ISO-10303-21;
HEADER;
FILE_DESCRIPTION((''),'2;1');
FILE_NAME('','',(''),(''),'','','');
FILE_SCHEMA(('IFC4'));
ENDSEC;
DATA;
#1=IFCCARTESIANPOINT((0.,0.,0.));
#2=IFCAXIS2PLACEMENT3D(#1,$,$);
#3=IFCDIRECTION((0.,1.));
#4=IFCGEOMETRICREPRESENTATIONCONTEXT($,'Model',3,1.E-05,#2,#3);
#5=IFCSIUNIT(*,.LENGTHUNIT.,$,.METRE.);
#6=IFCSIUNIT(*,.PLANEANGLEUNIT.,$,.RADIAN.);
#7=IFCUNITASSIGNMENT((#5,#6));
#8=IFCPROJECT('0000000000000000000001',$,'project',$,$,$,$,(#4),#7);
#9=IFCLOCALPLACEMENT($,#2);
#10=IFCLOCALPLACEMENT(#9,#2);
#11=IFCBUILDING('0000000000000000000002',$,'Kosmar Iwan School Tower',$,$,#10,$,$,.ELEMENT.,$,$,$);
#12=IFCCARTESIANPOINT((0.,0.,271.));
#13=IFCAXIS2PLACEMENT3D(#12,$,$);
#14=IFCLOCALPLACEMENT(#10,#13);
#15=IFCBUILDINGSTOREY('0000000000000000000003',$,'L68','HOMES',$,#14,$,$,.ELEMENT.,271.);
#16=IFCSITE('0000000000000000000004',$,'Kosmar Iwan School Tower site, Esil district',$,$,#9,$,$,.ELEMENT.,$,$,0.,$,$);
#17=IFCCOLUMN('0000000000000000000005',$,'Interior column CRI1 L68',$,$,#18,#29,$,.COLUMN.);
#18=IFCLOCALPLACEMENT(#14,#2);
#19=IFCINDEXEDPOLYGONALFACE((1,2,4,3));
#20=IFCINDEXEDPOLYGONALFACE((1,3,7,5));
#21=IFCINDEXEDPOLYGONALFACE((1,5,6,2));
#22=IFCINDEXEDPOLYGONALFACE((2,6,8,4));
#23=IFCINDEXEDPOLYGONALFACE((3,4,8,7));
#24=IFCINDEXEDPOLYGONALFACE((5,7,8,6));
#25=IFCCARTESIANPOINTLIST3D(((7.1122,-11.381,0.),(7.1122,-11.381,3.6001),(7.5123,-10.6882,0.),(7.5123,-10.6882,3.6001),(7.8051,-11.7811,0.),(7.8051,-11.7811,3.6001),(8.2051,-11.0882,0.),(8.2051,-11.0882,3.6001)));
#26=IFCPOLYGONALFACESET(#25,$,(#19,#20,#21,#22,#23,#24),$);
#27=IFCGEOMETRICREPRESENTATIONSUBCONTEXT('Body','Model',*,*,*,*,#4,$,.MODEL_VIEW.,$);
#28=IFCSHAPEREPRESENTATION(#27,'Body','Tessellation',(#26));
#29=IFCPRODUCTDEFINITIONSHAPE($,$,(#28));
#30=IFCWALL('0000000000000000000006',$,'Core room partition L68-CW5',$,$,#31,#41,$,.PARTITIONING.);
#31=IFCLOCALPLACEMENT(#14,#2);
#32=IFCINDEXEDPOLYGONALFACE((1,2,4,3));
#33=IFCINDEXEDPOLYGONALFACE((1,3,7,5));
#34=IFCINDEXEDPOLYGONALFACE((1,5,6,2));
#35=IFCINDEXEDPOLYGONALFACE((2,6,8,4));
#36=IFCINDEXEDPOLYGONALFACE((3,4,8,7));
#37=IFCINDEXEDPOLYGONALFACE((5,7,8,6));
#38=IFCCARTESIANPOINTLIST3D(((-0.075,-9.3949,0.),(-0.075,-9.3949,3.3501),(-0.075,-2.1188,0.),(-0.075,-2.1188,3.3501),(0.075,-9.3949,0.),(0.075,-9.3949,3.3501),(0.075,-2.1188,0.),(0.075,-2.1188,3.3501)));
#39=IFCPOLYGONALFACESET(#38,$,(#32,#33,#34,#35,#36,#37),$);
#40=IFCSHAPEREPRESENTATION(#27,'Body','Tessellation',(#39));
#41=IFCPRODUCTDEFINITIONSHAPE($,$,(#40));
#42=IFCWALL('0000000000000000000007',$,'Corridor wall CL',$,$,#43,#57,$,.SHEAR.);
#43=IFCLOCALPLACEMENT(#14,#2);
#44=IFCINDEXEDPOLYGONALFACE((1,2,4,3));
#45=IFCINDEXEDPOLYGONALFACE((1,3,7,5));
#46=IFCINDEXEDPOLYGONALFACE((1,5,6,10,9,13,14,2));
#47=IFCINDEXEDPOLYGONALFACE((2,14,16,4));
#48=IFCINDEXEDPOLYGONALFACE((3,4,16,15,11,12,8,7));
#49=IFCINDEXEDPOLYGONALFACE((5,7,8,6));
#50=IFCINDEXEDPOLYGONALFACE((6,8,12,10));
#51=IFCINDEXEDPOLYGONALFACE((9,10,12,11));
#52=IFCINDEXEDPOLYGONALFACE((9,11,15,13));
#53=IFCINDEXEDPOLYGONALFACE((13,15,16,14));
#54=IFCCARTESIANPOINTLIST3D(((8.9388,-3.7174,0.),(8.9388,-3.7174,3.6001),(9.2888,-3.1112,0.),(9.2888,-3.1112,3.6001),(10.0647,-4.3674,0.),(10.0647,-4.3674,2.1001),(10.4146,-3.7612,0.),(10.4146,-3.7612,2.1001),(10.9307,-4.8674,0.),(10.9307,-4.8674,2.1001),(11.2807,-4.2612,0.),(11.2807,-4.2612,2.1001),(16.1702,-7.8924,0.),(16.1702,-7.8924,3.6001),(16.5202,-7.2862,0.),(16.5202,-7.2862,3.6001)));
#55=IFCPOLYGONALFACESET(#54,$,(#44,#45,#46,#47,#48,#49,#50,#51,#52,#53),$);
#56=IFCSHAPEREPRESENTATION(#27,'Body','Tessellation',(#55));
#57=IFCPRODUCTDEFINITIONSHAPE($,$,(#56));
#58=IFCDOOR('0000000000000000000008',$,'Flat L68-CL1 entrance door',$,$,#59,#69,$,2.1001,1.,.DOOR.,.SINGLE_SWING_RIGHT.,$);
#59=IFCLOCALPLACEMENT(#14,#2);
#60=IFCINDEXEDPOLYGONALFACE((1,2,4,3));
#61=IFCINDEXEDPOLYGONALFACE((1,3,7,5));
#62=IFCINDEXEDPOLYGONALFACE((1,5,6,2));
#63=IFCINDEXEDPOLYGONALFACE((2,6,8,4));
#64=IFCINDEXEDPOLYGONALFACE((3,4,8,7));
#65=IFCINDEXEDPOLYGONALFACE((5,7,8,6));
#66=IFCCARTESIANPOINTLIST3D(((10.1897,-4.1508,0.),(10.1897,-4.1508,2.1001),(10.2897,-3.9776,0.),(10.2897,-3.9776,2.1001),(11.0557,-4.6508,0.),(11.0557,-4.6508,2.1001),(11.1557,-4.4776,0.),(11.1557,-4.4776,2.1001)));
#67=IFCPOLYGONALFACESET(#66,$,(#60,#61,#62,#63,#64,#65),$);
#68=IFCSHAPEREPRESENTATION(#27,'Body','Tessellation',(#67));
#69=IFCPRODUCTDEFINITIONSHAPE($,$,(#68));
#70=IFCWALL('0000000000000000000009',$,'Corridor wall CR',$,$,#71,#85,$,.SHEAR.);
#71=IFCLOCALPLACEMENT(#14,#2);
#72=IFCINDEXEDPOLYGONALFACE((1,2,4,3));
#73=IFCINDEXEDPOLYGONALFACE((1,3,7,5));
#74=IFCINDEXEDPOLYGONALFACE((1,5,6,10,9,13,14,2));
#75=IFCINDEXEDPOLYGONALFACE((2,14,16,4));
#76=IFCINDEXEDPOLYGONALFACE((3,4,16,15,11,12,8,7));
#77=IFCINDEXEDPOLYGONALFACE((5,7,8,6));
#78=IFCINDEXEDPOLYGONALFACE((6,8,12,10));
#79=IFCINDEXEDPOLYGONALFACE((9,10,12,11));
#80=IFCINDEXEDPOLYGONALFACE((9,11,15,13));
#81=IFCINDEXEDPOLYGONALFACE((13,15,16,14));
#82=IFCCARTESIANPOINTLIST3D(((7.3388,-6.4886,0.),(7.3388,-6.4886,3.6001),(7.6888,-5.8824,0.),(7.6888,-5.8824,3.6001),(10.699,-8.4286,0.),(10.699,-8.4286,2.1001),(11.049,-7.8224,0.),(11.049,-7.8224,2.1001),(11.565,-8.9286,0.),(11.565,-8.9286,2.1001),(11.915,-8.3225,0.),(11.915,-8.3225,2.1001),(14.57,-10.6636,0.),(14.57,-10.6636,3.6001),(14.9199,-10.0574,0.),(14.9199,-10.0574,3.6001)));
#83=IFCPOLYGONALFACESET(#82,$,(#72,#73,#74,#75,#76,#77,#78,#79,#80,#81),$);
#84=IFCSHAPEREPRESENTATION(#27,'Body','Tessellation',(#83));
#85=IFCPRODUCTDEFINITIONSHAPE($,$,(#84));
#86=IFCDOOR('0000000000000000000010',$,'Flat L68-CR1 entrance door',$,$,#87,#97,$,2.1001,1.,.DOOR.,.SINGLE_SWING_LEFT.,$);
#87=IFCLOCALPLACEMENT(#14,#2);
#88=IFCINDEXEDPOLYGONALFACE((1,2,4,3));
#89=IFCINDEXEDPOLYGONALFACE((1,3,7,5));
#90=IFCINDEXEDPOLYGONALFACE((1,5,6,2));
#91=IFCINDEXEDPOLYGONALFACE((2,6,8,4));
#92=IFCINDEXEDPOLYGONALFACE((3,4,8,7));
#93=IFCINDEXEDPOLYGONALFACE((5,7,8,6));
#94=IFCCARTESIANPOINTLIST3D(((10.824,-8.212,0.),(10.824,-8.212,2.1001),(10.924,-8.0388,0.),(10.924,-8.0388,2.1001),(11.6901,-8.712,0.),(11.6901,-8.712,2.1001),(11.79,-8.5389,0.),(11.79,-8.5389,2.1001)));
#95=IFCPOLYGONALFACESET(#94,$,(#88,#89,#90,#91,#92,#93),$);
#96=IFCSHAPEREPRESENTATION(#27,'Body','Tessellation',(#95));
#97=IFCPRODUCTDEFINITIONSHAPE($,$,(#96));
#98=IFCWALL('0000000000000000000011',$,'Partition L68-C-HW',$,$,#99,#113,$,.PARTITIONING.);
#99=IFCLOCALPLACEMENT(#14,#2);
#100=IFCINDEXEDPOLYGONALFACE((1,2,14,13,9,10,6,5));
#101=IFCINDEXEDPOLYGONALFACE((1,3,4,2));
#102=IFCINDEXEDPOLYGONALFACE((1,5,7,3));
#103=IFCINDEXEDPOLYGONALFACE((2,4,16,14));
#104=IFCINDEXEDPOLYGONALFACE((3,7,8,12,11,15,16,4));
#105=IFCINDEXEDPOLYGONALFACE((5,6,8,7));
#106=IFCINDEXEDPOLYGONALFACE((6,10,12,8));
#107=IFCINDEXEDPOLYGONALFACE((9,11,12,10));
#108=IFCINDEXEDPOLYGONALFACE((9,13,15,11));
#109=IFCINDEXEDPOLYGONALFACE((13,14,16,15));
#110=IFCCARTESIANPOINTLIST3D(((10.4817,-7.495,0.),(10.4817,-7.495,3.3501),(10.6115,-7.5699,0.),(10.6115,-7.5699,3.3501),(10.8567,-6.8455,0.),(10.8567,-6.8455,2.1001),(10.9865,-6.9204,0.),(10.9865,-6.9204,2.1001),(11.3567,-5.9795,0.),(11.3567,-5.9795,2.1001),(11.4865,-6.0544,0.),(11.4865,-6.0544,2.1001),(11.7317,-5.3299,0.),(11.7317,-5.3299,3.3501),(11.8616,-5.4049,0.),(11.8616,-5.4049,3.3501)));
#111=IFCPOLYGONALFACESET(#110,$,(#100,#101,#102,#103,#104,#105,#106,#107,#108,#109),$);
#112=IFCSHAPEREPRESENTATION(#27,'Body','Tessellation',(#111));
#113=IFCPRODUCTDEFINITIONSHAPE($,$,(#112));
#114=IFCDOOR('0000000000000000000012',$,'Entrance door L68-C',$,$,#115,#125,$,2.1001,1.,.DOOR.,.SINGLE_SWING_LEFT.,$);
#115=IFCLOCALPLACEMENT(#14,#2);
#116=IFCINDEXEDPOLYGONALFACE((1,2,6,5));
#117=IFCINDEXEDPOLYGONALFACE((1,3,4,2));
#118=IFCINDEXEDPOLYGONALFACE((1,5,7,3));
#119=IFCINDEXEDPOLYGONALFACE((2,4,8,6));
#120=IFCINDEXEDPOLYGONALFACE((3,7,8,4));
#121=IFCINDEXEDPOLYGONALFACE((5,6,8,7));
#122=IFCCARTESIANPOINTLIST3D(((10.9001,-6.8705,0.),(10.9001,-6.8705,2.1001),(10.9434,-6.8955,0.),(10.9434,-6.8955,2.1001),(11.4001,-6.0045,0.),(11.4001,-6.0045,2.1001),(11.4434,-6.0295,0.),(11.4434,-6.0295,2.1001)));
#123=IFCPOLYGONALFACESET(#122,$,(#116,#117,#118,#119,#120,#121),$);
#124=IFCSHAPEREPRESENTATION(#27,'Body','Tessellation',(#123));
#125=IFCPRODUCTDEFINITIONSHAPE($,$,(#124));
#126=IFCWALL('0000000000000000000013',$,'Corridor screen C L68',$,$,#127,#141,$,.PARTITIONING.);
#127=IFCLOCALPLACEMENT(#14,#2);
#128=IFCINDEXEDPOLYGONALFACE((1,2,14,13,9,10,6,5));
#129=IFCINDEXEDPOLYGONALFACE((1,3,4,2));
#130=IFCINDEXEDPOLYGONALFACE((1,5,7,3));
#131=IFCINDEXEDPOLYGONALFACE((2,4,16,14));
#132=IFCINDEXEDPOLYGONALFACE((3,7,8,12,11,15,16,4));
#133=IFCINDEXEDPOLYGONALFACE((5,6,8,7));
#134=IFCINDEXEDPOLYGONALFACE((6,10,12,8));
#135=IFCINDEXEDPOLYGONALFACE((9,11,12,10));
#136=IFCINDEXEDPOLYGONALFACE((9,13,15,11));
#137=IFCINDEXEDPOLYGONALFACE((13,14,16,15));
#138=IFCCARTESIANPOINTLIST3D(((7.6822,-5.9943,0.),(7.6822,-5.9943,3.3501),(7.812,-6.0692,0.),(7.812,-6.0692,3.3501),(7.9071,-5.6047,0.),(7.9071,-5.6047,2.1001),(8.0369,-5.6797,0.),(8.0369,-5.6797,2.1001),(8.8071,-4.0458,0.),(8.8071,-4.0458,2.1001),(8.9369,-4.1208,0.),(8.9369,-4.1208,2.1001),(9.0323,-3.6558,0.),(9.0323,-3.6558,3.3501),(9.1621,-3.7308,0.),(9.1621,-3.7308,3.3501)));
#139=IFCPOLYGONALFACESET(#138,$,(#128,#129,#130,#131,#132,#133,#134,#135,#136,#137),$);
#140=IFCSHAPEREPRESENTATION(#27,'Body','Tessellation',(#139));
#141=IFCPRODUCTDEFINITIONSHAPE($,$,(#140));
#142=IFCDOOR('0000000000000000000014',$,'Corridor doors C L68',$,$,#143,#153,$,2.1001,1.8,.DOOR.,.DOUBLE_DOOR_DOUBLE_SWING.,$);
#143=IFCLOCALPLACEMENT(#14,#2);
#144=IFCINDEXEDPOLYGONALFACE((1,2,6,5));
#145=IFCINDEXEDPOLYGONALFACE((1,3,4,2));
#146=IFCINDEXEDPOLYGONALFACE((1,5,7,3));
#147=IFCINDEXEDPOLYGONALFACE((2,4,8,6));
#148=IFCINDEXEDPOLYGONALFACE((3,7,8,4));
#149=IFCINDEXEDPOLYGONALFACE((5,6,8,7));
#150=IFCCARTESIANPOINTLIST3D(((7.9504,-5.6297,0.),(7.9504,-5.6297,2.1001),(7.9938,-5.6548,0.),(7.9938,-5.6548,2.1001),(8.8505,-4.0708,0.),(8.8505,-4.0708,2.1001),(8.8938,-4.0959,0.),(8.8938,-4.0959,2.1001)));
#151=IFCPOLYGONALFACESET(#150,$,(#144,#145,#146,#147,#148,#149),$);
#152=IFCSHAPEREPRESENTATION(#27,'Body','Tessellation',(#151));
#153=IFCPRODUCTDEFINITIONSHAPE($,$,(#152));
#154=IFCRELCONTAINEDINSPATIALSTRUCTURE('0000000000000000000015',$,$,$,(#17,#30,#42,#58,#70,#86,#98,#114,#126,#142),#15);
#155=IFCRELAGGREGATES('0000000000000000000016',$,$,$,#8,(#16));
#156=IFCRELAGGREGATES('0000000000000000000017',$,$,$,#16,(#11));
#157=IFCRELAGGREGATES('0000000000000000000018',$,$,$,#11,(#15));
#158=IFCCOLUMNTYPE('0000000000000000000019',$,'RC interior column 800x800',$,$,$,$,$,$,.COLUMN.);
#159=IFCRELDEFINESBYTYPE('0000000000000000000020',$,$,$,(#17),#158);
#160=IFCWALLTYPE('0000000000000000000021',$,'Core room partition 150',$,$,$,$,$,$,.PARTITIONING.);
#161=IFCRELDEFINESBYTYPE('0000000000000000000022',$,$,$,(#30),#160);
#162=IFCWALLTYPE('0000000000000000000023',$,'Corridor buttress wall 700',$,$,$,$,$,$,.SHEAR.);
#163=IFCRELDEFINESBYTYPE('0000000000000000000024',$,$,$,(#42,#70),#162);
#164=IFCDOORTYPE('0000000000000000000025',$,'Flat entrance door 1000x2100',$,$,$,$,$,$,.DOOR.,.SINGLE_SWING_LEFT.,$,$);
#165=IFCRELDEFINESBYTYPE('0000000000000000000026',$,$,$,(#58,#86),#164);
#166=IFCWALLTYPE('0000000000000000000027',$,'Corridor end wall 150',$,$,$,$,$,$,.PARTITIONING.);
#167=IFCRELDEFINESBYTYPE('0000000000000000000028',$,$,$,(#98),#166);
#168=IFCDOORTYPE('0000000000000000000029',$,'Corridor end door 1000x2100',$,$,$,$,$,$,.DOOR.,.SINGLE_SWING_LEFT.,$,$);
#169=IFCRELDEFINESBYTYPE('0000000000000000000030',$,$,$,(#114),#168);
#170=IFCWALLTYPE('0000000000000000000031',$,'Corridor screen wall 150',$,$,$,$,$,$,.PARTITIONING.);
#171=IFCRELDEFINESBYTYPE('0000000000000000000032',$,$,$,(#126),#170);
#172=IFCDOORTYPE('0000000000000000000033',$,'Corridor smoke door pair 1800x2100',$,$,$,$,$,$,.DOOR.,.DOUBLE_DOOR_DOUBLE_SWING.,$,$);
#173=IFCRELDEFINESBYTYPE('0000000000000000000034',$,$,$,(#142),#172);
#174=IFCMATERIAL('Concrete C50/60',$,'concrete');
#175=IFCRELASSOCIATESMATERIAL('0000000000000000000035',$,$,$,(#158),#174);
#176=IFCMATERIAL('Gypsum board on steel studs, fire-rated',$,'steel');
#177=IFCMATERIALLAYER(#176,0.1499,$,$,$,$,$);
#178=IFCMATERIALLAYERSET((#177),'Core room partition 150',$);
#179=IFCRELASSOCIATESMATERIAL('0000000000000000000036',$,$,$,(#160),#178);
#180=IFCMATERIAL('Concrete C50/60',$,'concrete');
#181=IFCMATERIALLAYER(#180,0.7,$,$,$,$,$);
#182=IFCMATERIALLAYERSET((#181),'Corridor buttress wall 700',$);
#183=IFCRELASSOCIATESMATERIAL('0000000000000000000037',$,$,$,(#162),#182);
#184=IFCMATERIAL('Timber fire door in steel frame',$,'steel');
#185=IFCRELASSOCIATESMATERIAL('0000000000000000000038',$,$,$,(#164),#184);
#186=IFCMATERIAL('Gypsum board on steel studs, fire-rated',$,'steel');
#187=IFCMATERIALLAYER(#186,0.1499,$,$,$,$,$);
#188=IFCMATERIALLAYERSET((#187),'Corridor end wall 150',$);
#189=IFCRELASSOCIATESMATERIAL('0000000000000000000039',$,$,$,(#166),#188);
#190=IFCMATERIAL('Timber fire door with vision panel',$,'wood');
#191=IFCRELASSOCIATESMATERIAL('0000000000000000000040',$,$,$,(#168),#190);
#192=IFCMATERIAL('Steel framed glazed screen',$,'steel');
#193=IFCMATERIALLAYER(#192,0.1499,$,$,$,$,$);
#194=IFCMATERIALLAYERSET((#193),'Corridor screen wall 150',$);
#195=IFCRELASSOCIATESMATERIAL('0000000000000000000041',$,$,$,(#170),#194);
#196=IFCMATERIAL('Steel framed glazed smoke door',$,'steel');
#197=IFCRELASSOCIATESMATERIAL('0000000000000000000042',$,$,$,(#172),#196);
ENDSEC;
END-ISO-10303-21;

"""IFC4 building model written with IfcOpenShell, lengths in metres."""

from ifc_helpers import new_model, si_unit, direction, frame, frame_2d, origin, origin_2d, place, context, subcontext, project, spatial, rectangle, extrude, material, layer, layer_set, material_profile, profile_set, type_object, element, fill, save


model = new_model("IFC4")

# Units and contexts
model_context = context("Model", 3, precision=1e-05, world=origin(), true_north=direction((0.0, 1.0)))
body_context = subcontext(model_context, "Body", "Model", "MODEL_VIEW")
ifc_project = project(units=[si_unit("LENGTHUNIT", "METRE"), si_unit("PLANEANGLEUNIT", "RADIAN")], contexts=[model_context])

# Site, building, storey
site_placement = place(None, origin())
site = spatial("IfcSite", under=ifc_project, at=site_placement, Name="Kosmar Iwan School Tower site, Esil district", CompositionType="ELEMENT", RefElevation=0.0)
building_placement = place(site_placement, origin())
building = spatial("IfcBuilding", under=site, at=building_placement, Name="Kosmar Iwan School Tower", CompositionType="ELEMENT")
storey_placement = place(building_placement, frame((0.0, 0.0, 271.0)))
storey = spatial("IfcBuildingStorey", under=building, at=storey_placement, Name="L68", Description="HOMES", CompositionType="ELEMENT", Elevation=271.0)

# Column
ifc_material_1 = material(Name="Concrete C50/60", Category="concrete")
ifc_material_profile = material_profile(ifc_material_1, rectangle(XDim=0.8, YDim=0.8, at=origin_2d()), Name="RC 800x800")
ifc_profile_set = profile_set([ifc_material_profile], Name="Concrete C50/60")
column_type = type_object("IfcColumnType", Name="RC interior column 800x800", PredefinedType="COLUMN", material=ifc_profile_set)
column_placement = place(storey_placement, frame((7.6587, -11.2346, 0.0), z_axis=(0.0, 0.0, 1.0), x_axis=(0.866025, -0.5, 0.0)))
element("IfcColumn", 1, at=column_placement, inside=storey, type_object=column_type, Name="Interior column CRI1 L68", PredefinedType="COLUMN", context=body_context, shape_type="SweptSolid", body=[
    extrude(rectangle(XDim=0.8, YDim=0.8, at=origin_2d()), origin(), (0.0, 0.0, 1.0), 3.6001),
])

# Wall
ifc_material_2 = material(Name="Gypsum board on steel studs, fire-rated", Category="steel")
ifc_layer_1 = layer(ifc_material_2, 0.1499)
ifc_layer_set_1 = layer_set([ifc_layer_1], Name="Core room partition 150")
wall_type_1 = type_object("IfcWallType", Name="Core room partition 150", PredefinedType="PARTITIONING", material=ifc_layer_set_1)
wall_1_placement = place(storey_placement, frame((0.0, -9.395, 0.0), z_axis=(0.0, 0.0, 1.0), x_axis=(0.0, 1.0, 0.0)))
element("IfcWall", 2, at=wall_1_placement, inside=storey, type_object=wall_type_1, Name="Core room partition L68-CW5", PredefinedType="PARTITIONING", context=body_context, shape_type="SweptSolid", body=[
    extrude(rectangle(XDim=7.2761, YDim=0.1499, at=frame_2d((3.6382, 0.0))), origin(), (0.0, 0.0, 1.0), 3.3501),
])

# Walls, openings, doors
ifc_material_3 = material(Name="Concrete C50/60", Category="concrete")
ifc_layer_2 = layer(ifc_material_3, 0.7)
ifc_layer_set_2 = layer_set([ifc_layer_2], Name="Corridor buttress wall 700")
wall_type_2 = type_object("IfcWallType", Name="Corridor buttress wall 700", PredefinedType="SHEAR", material=ifc_layer_set_2)
wall_2_placement = place(storey_placement, frame((9.1138, -3.4143, 0.0), z_axis=(0.0, 0.0, 1.0), x_axis=(0.866027, -0.499997, 0.0)))
wall_2 = element("IfcWall", 3, at=wall_2_placement, inside=storey, type_object=wall_type_2, Name="Corridor wall CL", PredefinedType="SHEAR", context=body_context, shape_type="SweptSolid", body=[
    extrude(rectangle(XDim=8.3501, YDim=0.7, at=frame_2d((4.175, 0.0))), origin(), (0.0, 0.0, 1.0), 3.6001),
])
opening_1_placement = place(wall_2_placement, frame((1.3, 0.0, 0.0)))
opening_1 = element("IfcOpeningElement", 4, at=opening_1_placement, cuts=wall_2, PredefinedType="OPENING", context=body_context, shape_type="SweptSolid", body=[
    extrude(rectangle(XDim=1.0, YDim=2.1001, at=frame_2d((0.5, 1.05))), frame((0.0, 0.3621, 0.0), z_axis=(0.0, -1.0, 0.0), x_axis=(1.0, 0.0, 0.0)), (0.0, 0.0, 1.0), 0.7239),
])
ifc_material_4 = material(Name="Timber fire door in steel frame", Category="steel")
door_type_1 = type_object("IfcDoorType", Name="Flat entrance door 1000x2100", OperationType="SINGLE_SWING_LEFT", PredefinedType="DOOR", material=ifc_material_4)
door_1_placement = place(opening_1_placement, origin())
door_1 = element("IfcDoor", 5, at=door_1_placement, inside=storey, type_object=door_type_1, Name="Flat L68-CL1 entrance door", OperationType="SINGLE_SWING_RIGHT", OverallHeight=2.1001, OverallWidth=1.0, PredefinedType="DOOR", context=body_context, shape_type="SweptSolid", body=[
    extrude(rectangle(XDim=1.0, YDim=2.1001, at=frame_2d((0.5, 1.05))), frame((0.0, 0.1001, 0.0), z_axis=(0.0, -1.0, 0.0), x_axis=(1.0, 0.0, 0.0)), (0.0, 0.0, 1.0), 0.2),
])
fill(opening_1, door_1)
wall_3_placement = place(storey_placement, frame((7.5139, -6.1855, 0.0), z_axis=(0.0, 0.0, 1.0), x_axis=(0.86602, -0.50001, 0.0)))
wall_3 = element("IfcWall", 6, at=wall_3_placement, inside=storey, type_object=wall_type_2, Name="Corridor wall CR", PredefinedType="SHEAR", context=body_context, shape_type="SweptSolid", body=[
    extrude(rectangle(XDim=8.3499, YDim=0.7, at=frame_2d((4.1748, 0.0))), origin(), (0.0, 0.0, 1.0), 3.6001),
])
opening_2_placement = place(wall_3_placement, frame((3.8799, 0.0, 0.0)))
opening_2 = element("IfcOpeningElement", 7, at=opening_2_placement, cuts=wall_3, PredefinedType="OPENING", context=body_context, shape_type="SweptSolid", body=[
    extrude(rectangle(XDim=1.0, YDim=2.1001, at=frame_2d((0.5, 1.05))), frame((0.0, 0.3621, 0.0), z_axis=(0.0, -1.0, 0.0), x_axis=(1.0, 0.0, 0.0)), (0.0, 0.0, 1.0), 0.7239),
])
door_2_placement = place(opening_2_placement, origin())
door_2 = element("IfcDoor", 8, at=door_2_placement, inside=storey, type_object=door_type_1, Name="Flat L68-CR1 entrance door", OperationType="SINGLE_SWING_LEFT", OverallHeight=2.1001, OverallWidth=1.0, PredefinedType="DOOR", context=body_context, shape_type="SweptSolid", body=[
    extrude(rectangle(XDim=1.0, YDim=2.1001, at=frame_2d((0.5, 1.05))), frame((0.0, 0.1001, 0.0), z_axis=(0.0, -1.0, 0.0), x_axis=(1.0, 0.0, 0.0)), (0.0, 0.0, 1.0), 0.2),
])
fill(opening_2, door_2)
ifc_material_5 = material(Name="Gypsum board on steel studs, fire-rated", Category="steel")
ifc_layer_3 = layer(ifc_material_5, 0.1499)
ifc_layer_set_3 = layer_set([ifc_layer_3], Name="Corridor end wall 150")
wall_type_3 = type_object("IfcWallType", Name="Corridor end wall 150", PredefinedType="PARTITIONING", material=ifc_layer_set_3)
wall_4_placement = place(storey_placement, frame((10.5466, -7.5325, 0.0), z_axis=(0.0, 0.0, 1.0), x_axis=(0.500004, 0.866023, 0.0)))
wall_4 = element("IfcWall", 9, at=wall_4_placement, inside=storey, type_object=wall_type_3, Name="Partition L68-C-HW", PredefinedType="PARTITIONING", context=body_context, shape_type="SweptSolid", body=[
    extrude(rectangle(XDim=2.5, YDim=0.1499, at=frame_2d((1.25, 0.0))), origin(), (0.0, 0.0, 1.0), 3.3501),
])
opening_3_placement = place(wall_4_placement, frame((0.75, 0.0, 0.0)))
opening_3 = element("IfcOpeningElement", 10, at=opening_3_placement, cuts=wall_4, PredefinedType="OPENING", context=body_context, shape_type="SweptSolid", body=[
    extrude(rectangle(XDim=1.0, YDim=2.1001, at=frame_2d((0.5, 1.05))), frame((0.0, 0.0869, 0.0), z_axis=(0.0, -1.0, 0.0), x_axis=(1.0, 0.0, 0.0)), (0.0, 0.0, 1.0), 0.1738),
])
ifc_material_6 = material(Name="Timber fire door with vision panel", Category="wood")
door_type_2 = type_object("IfcDoorType", Name="Corridor end door 1000x2100", OperationType="SINGLE_SWING_LEFT", PredefinedType="DOOR", material=ifc_material_6)
door_3_placement = place(opening_3_placement, origin())
door_3 = element("IfcDoor", 11, at=door_3_placement, inside=storey, type_object=door_type_2, Name="Entrance door L68-C", OperationType="SINGLE_SWING_LEFT", OverallHeight=2.1001, OverallWidth=1.0, PredefinedType="DOOR", context=body_context, shape_type="SweptSolid", body=[
    extrude(rectangle(XDim=1.0, YDim=2.1001, at=frame_2d((0.5, 1.05))), frame((0.0, 0.0249, 0.0), z_axis=(0.0, -1.0, 0.0), x_axis=(1.0, 0.0, 0.0)), (0.0, 0.0, 1.0), 0.05),
])
fill(opening_3, door_3)
ifc_material_7 = material(Name="Steel framed glazed screen", Category="steel")
ifc_layer_4 = layer(ifc_material_7, 0.1499)
ifc_layer_set_4 = layer_set([ifc_layer_4], Name="Corridor screen wall 150")
wall_type_4 = type_object("IfcWallType", Name="Corridor screen wall 150", PredefinedType="PARTITIONING", material=ifc_layer_set_4)
wall_5_placement = place(storey_placement, frame((7.7471, -6.0317, 0.0), z_axis=(0.0, 0.0, 1.0), x_axis=(0.500009, 0.86602, 0.0)))
wall_5 = element("IfcWall", 12, at=wall_5_placement, inside=storey, type_object=wall_type_4, Name="Corridor screen C L68", PredefinedType="PARTITIONING", context=body_context, shape_type="SweptSolid", body=[
    extrude(rectangle(XDim=2.7002, YDim=0.1499, at=frame_2d((1.3501, 0.0))), origin(), (0.0, 0.0, 1.0), 3.3501),
])
opening_4_placement = place(wall_5_placement, frame((0.45, 0.0, 0.0)))
opening_4 = element("IfcOpeningElement", 13, at=opening_4_placement, cuts=wall_5, PredefinedType="OPENING", context=body_context, shape_type="SweptSolid", body=[
    extrude(rectangle(XDim=1.8, YDim=2.1001, at=frame_2d((0.8999, 1.05))), frame((0.0, 0.0869, 0.0), z_axis=(0.0, -1.0, 0.0), x_axis=(1.0, 0.0, 0.0)), (0.0, 0.0, 1.0), 0.1738),
])
ifc_material_8 = material(Name="Steel framed glazed smoke door", Category="steel")
door_type_3 = type_object("IfcDoorType", Name="Corridor smoke door pair 1800x2100", OperationType="DOUBLE_DOOR_DOUBLE_SWING", PredefinedType="DOOR", material=ifc_material_8)
door_4_placement = place(opening_4_placement, origin())
door_4 = element("IfcDoor", 14, at=door_4_placement, inside=storey, type_object=door_type_3, Name="Corridor doors C L68", OperationType="DOUBLE_DOOR_DOUBLE_SWING", OverallHeight=2.1001, OverallWidth=1.8, PredefinedType="DOOR", context=body_context, shape_type="SweptSolid", body=[
    extrude(rectangle(XDim=1.8, YDim=2.1001, at=frame_2d((0.8999, 1.05))), frame((0.0, 0.0249, 0.0), z_axis=(0.0, -1.0, 0.0), x_axis=(1.0, 0.0, 0.0)), (0.0, 0.0, 1.0), 0.05),
])
fill(opening_4, door_4)

save(model, "model.ifc")
